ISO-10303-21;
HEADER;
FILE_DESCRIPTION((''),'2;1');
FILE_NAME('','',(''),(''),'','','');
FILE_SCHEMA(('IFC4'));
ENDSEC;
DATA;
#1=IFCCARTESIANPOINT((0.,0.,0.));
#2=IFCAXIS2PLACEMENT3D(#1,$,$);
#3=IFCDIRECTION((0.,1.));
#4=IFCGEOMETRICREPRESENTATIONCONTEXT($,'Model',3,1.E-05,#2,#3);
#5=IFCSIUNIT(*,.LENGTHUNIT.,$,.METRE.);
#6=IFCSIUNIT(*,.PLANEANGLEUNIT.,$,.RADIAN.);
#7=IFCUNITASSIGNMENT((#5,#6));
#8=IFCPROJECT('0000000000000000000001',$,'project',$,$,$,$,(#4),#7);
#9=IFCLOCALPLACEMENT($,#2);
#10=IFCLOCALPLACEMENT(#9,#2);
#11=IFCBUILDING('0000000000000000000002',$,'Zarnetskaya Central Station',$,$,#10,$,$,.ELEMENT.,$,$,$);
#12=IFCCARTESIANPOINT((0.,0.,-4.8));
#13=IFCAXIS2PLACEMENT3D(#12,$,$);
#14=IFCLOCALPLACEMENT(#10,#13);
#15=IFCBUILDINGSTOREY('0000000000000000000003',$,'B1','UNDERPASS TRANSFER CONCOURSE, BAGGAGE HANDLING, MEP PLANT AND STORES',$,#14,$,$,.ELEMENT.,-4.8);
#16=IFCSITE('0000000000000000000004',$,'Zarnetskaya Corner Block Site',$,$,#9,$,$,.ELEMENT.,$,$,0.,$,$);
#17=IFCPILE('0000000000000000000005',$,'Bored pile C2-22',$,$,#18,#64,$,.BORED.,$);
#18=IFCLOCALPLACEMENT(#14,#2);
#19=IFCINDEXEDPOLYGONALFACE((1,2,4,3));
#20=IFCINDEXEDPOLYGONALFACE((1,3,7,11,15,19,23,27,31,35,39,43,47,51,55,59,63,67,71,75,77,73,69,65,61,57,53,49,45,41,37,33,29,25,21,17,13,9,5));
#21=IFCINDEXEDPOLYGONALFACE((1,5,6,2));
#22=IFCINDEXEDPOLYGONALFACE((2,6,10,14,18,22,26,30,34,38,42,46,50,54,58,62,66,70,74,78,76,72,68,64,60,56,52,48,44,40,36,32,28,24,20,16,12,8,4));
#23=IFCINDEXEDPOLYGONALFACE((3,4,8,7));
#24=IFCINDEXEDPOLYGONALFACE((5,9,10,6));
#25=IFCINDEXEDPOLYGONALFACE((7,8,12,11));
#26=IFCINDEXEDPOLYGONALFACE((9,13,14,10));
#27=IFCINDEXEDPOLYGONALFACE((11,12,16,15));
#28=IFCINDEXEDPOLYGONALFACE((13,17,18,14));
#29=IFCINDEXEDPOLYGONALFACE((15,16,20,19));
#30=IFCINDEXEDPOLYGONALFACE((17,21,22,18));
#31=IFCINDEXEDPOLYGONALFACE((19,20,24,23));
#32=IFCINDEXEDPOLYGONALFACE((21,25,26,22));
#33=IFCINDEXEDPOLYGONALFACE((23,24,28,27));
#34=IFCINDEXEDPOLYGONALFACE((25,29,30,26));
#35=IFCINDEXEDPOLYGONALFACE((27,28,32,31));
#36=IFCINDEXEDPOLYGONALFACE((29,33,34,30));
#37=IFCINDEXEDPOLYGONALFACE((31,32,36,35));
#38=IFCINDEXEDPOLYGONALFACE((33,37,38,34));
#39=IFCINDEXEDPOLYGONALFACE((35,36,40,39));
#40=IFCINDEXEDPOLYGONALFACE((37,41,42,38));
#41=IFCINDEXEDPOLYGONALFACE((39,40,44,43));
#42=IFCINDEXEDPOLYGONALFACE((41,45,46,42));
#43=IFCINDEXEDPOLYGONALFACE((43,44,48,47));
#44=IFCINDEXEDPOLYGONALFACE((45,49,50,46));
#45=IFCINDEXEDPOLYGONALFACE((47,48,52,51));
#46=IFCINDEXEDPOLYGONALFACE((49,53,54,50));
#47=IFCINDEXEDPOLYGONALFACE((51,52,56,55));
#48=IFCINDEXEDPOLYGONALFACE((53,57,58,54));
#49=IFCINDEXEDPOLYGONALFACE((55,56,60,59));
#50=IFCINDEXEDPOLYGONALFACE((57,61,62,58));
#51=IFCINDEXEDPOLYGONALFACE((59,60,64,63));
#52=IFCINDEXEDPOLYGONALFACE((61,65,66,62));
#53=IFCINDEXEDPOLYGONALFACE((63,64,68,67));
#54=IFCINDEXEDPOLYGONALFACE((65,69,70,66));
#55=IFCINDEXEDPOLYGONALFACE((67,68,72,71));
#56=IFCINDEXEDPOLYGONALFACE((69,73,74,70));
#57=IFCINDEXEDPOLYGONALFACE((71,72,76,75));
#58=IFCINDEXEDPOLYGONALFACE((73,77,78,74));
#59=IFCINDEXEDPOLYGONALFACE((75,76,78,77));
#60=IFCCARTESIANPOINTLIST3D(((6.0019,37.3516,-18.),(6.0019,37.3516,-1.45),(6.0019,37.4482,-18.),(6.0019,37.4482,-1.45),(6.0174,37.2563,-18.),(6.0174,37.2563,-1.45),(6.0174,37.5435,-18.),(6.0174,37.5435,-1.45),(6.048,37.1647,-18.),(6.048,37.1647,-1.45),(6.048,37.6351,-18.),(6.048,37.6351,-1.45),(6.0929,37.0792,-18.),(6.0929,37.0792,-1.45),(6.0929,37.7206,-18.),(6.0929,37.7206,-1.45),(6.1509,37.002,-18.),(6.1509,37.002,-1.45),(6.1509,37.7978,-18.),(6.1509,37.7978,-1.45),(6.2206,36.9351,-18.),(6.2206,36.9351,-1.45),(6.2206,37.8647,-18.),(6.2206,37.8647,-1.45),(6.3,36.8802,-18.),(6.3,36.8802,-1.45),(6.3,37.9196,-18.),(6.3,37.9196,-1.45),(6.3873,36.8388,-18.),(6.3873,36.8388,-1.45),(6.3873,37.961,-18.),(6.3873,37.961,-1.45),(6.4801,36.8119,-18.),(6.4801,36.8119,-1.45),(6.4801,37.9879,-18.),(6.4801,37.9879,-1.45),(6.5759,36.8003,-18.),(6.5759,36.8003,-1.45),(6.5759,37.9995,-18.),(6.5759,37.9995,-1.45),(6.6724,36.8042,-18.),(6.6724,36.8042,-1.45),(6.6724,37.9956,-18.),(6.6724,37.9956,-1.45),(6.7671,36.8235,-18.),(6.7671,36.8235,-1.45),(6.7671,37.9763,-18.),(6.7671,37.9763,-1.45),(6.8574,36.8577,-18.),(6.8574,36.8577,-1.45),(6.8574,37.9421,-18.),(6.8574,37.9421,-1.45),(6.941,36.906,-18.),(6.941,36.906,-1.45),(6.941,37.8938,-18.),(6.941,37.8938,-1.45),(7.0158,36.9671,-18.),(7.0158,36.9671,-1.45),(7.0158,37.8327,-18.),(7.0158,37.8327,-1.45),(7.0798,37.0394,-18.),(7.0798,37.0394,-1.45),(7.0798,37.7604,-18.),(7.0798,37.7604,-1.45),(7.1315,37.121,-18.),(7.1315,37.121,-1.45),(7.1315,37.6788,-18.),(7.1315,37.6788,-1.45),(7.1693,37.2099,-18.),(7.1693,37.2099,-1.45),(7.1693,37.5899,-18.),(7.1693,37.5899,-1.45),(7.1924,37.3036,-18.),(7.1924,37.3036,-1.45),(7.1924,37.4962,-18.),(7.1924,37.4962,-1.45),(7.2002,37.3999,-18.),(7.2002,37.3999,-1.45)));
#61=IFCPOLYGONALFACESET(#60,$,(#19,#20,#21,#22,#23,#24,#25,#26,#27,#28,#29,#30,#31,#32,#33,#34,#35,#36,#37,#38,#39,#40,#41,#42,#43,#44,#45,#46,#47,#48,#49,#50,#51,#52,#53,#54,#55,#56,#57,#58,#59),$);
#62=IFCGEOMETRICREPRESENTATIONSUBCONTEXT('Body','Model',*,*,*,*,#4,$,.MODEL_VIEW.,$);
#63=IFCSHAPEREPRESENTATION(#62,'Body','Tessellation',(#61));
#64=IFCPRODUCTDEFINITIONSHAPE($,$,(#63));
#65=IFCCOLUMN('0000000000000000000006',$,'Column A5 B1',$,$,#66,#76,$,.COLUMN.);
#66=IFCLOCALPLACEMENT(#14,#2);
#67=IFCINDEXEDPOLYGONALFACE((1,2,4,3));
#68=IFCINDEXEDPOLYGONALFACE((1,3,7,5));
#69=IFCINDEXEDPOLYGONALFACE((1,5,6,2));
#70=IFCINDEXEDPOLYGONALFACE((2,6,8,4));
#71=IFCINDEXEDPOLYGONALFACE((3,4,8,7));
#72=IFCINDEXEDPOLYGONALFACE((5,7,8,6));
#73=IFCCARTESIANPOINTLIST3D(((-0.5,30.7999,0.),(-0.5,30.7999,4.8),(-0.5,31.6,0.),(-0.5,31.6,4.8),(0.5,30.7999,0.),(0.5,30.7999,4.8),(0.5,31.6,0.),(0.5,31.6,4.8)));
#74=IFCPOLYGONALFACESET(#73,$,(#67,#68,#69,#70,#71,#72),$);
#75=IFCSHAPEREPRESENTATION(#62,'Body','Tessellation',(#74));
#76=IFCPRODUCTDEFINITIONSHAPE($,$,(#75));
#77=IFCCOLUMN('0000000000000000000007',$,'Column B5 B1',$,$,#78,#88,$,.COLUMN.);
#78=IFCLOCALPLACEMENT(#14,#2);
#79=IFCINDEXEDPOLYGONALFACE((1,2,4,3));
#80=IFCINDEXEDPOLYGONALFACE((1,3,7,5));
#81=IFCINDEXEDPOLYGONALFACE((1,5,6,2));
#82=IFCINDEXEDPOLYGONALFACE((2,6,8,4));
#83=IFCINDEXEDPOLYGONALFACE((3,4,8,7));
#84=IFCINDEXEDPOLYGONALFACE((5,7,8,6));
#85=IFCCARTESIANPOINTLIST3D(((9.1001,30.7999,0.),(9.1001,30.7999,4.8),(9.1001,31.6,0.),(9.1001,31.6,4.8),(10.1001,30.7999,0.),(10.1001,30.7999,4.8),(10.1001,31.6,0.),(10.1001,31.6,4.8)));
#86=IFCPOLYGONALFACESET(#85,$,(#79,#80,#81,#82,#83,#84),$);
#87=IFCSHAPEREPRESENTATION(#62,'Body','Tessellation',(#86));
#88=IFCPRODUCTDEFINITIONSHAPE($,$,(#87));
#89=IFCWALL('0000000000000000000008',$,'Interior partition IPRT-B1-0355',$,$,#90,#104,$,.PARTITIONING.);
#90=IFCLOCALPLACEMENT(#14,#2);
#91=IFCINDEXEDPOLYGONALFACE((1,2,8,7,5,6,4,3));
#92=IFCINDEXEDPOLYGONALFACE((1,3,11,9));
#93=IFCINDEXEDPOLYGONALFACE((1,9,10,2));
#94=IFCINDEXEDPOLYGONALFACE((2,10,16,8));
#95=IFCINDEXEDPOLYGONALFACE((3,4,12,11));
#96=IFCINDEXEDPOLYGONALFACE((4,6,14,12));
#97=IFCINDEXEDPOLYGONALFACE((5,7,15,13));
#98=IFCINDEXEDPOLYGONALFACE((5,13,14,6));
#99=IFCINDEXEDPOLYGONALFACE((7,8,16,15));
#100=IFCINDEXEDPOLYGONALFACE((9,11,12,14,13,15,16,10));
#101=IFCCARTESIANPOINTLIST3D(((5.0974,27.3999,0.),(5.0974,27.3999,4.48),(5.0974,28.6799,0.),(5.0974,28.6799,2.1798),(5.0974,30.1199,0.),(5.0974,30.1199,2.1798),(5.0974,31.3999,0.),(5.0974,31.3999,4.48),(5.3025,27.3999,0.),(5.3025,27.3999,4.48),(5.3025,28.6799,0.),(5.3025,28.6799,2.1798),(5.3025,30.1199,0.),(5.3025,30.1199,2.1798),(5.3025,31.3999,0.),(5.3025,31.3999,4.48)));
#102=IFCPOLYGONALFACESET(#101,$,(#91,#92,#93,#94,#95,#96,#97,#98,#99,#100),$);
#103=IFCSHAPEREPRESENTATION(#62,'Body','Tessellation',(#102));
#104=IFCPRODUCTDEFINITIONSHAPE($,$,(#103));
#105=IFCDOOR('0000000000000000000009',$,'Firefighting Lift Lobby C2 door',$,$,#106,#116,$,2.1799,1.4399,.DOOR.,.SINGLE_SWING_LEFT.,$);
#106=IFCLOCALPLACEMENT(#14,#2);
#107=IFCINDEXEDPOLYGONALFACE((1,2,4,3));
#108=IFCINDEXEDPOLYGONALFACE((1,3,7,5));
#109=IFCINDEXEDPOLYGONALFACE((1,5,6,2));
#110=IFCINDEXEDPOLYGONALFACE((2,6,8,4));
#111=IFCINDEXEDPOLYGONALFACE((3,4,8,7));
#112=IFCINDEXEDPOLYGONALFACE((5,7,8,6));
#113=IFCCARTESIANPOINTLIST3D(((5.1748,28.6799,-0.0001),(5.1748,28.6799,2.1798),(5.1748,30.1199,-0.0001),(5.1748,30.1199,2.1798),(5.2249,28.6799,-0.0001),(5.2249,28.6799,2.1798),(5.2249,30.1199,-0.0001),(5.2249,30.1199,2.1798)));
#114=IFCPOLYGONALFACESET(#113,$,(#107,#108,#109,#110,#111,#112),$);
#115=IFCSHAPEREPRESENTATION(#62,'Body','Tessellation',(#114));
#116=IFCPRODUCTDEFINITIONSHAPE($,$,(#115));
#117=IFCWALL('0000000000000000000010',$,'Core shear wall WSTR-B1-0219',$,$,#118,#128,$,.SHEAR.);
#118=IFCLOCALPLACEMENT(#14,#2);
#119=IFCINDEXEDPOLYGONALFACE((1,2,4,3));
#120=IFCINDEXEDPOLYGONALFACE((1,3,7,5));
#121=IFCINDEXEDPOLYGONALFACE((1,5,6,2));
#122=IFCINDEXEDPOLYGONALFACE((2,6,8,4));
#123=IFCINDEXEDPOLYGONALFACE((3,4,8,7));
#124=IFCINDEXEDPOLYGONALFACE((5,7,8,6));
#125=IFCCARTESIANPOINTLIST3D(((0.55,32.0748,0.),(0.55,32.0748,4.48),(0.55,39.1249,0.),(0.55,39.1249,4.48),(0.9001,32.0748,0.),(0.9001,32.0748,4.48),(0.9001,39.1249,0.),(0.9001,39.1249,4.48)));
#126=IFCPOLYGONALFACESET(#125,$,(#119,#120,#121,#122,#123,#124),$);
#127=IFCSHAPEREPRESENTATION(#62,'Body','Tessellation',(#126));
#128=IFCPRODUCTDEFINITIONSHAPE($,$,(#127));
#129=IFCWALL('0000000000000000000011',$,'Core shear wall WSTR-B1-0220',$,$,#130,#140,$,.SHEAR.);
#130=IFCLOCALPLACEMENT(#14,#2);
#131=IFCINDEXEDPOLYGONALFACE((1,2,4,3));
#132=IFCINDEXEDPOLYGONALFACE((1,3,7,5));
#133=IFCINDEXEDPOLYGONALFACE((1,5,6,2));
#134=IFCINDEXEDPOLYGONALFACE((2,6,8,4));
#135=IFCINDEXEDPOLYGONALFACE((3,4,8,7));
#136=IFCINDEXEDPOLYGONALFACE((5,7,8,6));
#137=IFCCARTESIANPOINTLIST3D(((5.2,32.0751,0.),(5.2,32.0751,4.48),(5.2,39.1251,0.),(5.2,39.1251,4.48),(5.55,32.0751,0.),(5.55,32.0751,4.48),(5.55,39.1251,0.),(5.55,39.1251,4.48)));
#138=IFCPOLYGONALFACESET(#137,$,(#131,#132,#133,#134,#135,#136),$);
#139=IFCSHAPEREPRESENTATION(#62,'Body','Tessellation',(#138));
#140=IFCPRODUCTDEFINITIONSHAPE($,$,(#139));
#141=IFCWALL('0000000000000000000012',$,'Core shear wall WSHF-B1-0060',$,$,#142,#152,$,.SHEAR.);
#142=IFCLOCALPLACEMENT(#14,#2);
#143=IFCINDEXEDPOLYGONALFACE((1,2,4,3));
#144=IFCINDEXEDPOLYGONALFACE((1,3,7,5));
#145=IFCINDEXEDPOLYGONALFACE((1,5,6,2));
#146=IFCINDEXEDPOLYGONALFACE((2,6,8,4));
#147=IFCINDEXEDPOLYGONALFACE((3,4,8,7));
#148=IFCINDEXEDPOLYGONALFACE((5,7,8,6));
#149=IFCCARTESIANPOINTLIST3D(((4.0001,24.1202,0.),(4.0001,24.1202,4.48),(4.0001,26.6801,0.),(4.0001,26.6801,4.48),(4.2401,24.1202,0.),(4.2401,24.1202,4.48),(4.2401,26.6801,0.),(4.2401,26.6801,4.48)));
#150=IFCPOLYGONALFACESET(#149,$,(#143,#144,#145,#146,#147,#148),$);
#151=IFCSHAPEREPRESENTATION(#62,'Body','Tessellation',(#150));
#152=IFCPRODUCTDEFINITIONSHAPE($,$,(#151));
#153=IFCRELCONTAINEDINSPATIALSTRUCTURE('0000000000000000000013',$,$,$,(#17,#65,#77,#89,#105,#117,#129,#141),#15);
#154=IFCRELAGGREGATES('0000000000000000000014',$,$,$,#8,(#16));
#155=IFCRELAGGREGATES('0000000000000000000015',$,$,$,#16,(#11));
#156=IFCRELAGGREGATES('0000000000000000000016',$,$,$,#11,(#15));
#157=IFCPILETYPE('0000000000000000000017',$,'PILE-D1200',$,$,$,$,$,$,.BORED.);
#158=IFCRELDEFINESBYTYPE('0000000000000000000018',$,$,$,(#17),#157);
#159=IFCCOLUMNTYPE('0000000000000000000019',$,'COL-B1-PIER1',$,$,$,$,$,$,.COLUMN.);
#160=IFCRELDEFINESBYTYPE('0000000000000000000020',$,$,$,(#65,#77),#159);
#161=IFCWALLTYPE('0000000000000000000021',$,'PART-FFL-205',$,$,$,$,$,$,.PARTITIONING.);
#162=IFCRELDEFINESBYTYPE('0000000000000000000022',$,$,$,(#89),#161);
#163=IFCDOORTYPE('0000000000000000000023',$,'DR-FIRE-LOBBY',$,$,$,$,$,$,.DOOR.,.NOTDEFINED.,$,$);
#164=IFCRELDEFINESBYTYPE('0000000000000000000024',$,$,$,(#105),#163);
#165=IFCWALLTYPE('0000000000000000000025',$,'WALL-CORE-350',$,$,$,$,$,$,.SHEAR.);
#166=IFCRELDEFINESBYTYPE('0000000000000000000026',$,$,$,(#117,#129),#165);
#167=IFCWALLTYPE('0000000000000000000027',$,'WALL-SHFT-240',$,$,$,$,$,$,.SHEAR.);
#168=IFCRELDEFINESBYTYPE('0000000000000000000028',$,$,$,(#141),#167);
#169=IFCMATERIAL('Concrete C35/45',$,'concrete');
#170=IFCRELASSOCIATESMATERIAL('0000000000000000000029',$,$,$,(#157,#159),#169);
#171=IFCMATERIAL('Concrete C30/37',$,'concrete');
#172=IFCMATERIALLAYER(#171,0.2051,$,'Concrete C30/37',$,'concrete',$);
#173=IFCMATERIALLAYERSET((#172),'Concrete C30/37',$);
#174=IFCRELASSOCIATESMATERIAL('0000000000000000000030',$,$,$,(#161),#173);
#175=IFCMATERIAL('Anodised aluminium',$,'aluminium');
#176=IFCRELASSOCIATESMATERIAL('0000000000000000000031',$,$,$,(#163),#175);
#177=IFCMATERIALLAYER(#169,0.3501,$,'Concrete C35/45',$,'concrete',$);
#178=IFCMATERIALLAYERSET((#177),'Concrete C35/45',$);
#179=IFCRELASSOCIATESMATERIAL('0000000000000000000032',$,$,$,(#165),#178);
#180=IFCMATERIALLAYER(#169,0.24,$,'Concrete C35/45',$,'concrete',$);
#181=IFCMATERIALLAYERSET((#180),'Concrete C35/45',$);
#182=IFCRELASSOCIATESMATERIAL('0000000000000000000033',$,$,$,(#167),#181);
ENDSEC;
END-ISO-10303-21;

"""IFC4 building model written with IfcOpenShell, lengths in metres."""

from ifc_helpers import new_model, si_unit, direction, frame, frame_2d, origin, origin_2d, place, context, subcontext, project, spatial, rectangle, circle, extrude, material, layer, layer_set, material_profile, profile_set, type_object, element, fill, save


model = new_model("IFC4")

# Units and contexts
model_context = context("Model", 3, precision=1e-05, world=origin(), true_north=direction((0.0, 1.0)))
body_context = subcontext(model_context, "Body", "Model", "MODEL_VIEW")
ifc_project = project(units=[si_unit("LENGTHUNIT", "METRE"), si_unit("PLANEANGLEUNIT", "RADIAN")], contexts=[model_context])

# Site, building, storey
site_placement = place(None, origin())
site = spatial("IfcSite", under=ifc_project, at=site_placement, Name="Zarnetskaya Corner Block Site", CompositionType="ELEMENT", RefElevation=0.0)
building_placement = place(site_placement, origin())
building = spatial("IfcBuilding", under=site, at=building_placement, Name="Zarnetskaya Central Station", CompositionType="ELEMENT")
storey_placement = place(building_placement, frame((0.0, 0.0, -4.8)))
storey = spatial("IfcBuildingStorey", under=building, at=storey_placement, Name="B1", Description="UNDERPASS TRANSFER CONCOURSE, BAGGAGE HANDLING, MEP PLANT AND STORES", CompositionType="ELEMENT", Elevation=-4.8)

# Shared definitions
ifc_material_1 = material(Name="Concrete C35/45", Category="concrete")

# Pile
ifc_material_profile_1 = material_profile(ifc_material_1, circle(Radius=0.6001, at=origin_2d()), Name="BORED PILE D1200")
ifc_profile_set_1 = profile_set([ifc_material_profile_1], Name="Concrete C35/45")
pile_type = type_object("IfcPileType", Name="PILE-D1200", PredefinedType="BORED", material=ifc_profile_set_1)
for number, where, z_axis, x_axis, name in (
    (1, (6.6001, 37.3999, -1.45), (0.0, 0.0, -1.0), (1.0, 0.0, 0.0), "Bored pile C2-22"),
):
    element("IfcPile", number, at=place(storey_placement, frame(where, z_axis=z_axis, x_axis=x_axis)), inside=storey, type_object=pile_type, Name=name, PredefinedType="BORED", context=body_context, shape_type="SweptSolid", body=[
        extrude(circle(Radius=0.6001, at=origin_2d()), origin(), (0.0, 0.0, 1.0), 16.55),
    ])

# Columns
ifc_material_profile_2 = material_profile(ifc_material_1, rectangle(XDim=1.0, YDim=0.8, at=origin_2d()), Name="RC PIER 1000x800")
ifc_profile_set_2 = profile_set([ifc_material_profile_2], Name="Concrete C35/45")
column_type = type_object("IfcColumnType", Name="COL-B1-PIER1", PredefinedType="COLUMN", material=ifc_profile_set_2)
for number, where, z_axis, x_axis, name in (
    (2, (0.0, 31.2, 0.0), (0.0, 0.0, 1.0), (1.0, 0.0, 0.0), "Column A5 B1"),
    (3, (9.6001, 31.2, 0.0), (0.0, 0.0, 1.0), (1.0, 0.0, 0.0), "Column B5 B1"),
):
    element("IfcColumn", number, at=place(storey_placement, frame(where, z_axis=z_axis, x_axis=x_axis)), inside=storey, type_object=column_type, Name=name, PredefinedType="COLUMN", context=body_context, shape_type="SweptSolid", body=[
        extrude(rectangle(XDim=1.0, YDim=0.8, at=origin_2d()), origin(), (0.0, 0.0, 1.0), 4.8),
    ])

# Wall, opening, door
ifc_material_2 = material(Name="Concrete C30/37", Category="concrete")
ifc_layer_1 = layer(ifc_material_2, 0.2051, Name="Concrete C30/37", Category="concrete")
ifc_layer_set_1 = layer_set([ifc_layer_1], Name="Concrete C30/37")
wall_type_1 = type_object("IfcWallType", Name="PART-FFL-205", PredefinedType="PARTITIONING", material=ifc_layer_set_1)
wall_1_placement = place(storey_placement, frame((5.2, 31.3999, 0.0), z_axis=(0.0, 0.0, 1.0), x_axis=(0.0, -1.0, 0.0)))
wall_1 = element("IfcWall", 4, at=wall_1_placement, inside=storey, type_object=wall_type_1, Name="Interior partition IPRT-B1-0355", PredefinedType="PARTITIONING", context=body_context, shape_type="SweptSolid", body=[
    extrude(rectangle(XDim=4.0, YDim=0.2051, at=frame_2d((2.0, 0.0))), origin(), (0.0, 0.0, 1.0), 4.48),
])
opening_1_placement = place(wall_1_placement, frame((1.28, 0.0, 0.0)))
opening_1 = element("IfcOpeningElement", 5, at=opening_1_placement, cuts=wall_1, PredefinedType="OPENING", context=body_context, shape_type="SweptSolid", body=[
    extrude(rectangle(XDim=1.4399, YDim=2.1799, at=frame_2d((0.72, 1.0898))), frame((0.0, 0.1125, 0.0), z_axis=(0.0, -1.0, 0.0), x_axis=(1.0, 0.0, 0.0)), (0.0, 0.0, 1.0), 0.2251),
])
ifc_material_3 = material(Name="Anodised aluminium", Category="aluminium")
door_type_1 = type_object("IfcDoorType", Name="DR-FIRE-LOBBY", OperationType="NOTDEFINED", PredefinedType="DOOR", material=ifc_material_3)
door_1_placement = place(opening_1_placement, origin())
door_1 = element("IfcDoor", 6, at=door_1_placement, inside=storey, type_object=door_type_1, Name="Firefighting Lift Lobby C2 door", OperationType="SINGLE_SWING_LEFT", OverallHeight=2.1799, OverallWidth=1.4399, PredefinedType="DOOR", context=body_context, shape_type="SweptSolid", body=[
    extrude(rectangle(XDim=1.4399, YDim=2.1799, at=frame_2d((0.72, 1.0898))), frame((0.0, 0.0249, 0.0), z_axis=(0.0, -1.0, 0.0), x_axis=(1.0, 0.0, 0.0)), (0.0, 0.0, 1.0), 0.05),
])
fill(opening_1, door_1)
ifc_layer_2 = layer(ifc_material_1, 0.3501, Name="Concrete C35/45", Category="concrete")
ifc_layer_set_2 = layer_set([ifc_layer_2], Name="Concrete C35/45")
wall_type_2 = type_object("IfcWallType", Name="WALL-CORE-350", PredefinedType="SHEAR", material=ifc_layer_set_2)

# Walls
for number, where, z_axis, x_axis, name in (
    (7, (0.7251, 32.075, 0.0), (0.0, 0.0, 1.0), (0.0, 1.0, 0.0), "Core shear wall WSTR-B1-0219"),
    (8, (5.375, 39.125, 0.0), (0.0, 0.0, 1.0), (0.0, -1.0, 0.0), "Core shear wall WSTR-B1-0220"),
):
    element("IfcWall", number, at=place(storey_placement, frame(where, z_axis=z_axis, x_axis=x_axis)), inside=storey, type_object=wall_type_2, Name=name, PredefinedType="SHEAR", context=body_context, shape_type="SweptSolid", body=[
        extrude(rectangle(XDim=7.05, YDim=0.3501, at=frame_2d((3.5249, 0.0))), origin(), (0.0, 0.0, 1.0), 4.48),
    ])

# Shared definitions
ifc_layer_3 = layer(ifc_material_1, 0.24, Name="Concrete C35/45", Category="concrete")
ifc_layer_set_3 = layer_set([ifc_layer_3], Name="Concrete C35/45")
wall_type_3 = type_object("IfcWallType", Name="WALL-SHFT-240", PredefinedType="SHEAR", material=ifc_layer_set_3)

# Wall
wall_2_placement = place(storey_placement, frame((4.1201, 26.6799, 0.0), z_axis=(0.0, 0.0, 1.0), x_axis=(0.0, -1.0, 0.0)))
element("IfcWall", 9, at=wall_2_placement, inside=storey, type_object=wall_type_3, Name="Core shear wall WSHF-B1-0060", PredefinedType="SHEAR", context=body_context, shape_type="SweptSolid", body=[
    extrude(rectangle(XDim=2.5598, YDim=0.24, at=frame_2d((1.2798, 0.0))), origin(), (0.0, 0.0, 1.0), 4.48),
])

save(model, "model.ifc")
